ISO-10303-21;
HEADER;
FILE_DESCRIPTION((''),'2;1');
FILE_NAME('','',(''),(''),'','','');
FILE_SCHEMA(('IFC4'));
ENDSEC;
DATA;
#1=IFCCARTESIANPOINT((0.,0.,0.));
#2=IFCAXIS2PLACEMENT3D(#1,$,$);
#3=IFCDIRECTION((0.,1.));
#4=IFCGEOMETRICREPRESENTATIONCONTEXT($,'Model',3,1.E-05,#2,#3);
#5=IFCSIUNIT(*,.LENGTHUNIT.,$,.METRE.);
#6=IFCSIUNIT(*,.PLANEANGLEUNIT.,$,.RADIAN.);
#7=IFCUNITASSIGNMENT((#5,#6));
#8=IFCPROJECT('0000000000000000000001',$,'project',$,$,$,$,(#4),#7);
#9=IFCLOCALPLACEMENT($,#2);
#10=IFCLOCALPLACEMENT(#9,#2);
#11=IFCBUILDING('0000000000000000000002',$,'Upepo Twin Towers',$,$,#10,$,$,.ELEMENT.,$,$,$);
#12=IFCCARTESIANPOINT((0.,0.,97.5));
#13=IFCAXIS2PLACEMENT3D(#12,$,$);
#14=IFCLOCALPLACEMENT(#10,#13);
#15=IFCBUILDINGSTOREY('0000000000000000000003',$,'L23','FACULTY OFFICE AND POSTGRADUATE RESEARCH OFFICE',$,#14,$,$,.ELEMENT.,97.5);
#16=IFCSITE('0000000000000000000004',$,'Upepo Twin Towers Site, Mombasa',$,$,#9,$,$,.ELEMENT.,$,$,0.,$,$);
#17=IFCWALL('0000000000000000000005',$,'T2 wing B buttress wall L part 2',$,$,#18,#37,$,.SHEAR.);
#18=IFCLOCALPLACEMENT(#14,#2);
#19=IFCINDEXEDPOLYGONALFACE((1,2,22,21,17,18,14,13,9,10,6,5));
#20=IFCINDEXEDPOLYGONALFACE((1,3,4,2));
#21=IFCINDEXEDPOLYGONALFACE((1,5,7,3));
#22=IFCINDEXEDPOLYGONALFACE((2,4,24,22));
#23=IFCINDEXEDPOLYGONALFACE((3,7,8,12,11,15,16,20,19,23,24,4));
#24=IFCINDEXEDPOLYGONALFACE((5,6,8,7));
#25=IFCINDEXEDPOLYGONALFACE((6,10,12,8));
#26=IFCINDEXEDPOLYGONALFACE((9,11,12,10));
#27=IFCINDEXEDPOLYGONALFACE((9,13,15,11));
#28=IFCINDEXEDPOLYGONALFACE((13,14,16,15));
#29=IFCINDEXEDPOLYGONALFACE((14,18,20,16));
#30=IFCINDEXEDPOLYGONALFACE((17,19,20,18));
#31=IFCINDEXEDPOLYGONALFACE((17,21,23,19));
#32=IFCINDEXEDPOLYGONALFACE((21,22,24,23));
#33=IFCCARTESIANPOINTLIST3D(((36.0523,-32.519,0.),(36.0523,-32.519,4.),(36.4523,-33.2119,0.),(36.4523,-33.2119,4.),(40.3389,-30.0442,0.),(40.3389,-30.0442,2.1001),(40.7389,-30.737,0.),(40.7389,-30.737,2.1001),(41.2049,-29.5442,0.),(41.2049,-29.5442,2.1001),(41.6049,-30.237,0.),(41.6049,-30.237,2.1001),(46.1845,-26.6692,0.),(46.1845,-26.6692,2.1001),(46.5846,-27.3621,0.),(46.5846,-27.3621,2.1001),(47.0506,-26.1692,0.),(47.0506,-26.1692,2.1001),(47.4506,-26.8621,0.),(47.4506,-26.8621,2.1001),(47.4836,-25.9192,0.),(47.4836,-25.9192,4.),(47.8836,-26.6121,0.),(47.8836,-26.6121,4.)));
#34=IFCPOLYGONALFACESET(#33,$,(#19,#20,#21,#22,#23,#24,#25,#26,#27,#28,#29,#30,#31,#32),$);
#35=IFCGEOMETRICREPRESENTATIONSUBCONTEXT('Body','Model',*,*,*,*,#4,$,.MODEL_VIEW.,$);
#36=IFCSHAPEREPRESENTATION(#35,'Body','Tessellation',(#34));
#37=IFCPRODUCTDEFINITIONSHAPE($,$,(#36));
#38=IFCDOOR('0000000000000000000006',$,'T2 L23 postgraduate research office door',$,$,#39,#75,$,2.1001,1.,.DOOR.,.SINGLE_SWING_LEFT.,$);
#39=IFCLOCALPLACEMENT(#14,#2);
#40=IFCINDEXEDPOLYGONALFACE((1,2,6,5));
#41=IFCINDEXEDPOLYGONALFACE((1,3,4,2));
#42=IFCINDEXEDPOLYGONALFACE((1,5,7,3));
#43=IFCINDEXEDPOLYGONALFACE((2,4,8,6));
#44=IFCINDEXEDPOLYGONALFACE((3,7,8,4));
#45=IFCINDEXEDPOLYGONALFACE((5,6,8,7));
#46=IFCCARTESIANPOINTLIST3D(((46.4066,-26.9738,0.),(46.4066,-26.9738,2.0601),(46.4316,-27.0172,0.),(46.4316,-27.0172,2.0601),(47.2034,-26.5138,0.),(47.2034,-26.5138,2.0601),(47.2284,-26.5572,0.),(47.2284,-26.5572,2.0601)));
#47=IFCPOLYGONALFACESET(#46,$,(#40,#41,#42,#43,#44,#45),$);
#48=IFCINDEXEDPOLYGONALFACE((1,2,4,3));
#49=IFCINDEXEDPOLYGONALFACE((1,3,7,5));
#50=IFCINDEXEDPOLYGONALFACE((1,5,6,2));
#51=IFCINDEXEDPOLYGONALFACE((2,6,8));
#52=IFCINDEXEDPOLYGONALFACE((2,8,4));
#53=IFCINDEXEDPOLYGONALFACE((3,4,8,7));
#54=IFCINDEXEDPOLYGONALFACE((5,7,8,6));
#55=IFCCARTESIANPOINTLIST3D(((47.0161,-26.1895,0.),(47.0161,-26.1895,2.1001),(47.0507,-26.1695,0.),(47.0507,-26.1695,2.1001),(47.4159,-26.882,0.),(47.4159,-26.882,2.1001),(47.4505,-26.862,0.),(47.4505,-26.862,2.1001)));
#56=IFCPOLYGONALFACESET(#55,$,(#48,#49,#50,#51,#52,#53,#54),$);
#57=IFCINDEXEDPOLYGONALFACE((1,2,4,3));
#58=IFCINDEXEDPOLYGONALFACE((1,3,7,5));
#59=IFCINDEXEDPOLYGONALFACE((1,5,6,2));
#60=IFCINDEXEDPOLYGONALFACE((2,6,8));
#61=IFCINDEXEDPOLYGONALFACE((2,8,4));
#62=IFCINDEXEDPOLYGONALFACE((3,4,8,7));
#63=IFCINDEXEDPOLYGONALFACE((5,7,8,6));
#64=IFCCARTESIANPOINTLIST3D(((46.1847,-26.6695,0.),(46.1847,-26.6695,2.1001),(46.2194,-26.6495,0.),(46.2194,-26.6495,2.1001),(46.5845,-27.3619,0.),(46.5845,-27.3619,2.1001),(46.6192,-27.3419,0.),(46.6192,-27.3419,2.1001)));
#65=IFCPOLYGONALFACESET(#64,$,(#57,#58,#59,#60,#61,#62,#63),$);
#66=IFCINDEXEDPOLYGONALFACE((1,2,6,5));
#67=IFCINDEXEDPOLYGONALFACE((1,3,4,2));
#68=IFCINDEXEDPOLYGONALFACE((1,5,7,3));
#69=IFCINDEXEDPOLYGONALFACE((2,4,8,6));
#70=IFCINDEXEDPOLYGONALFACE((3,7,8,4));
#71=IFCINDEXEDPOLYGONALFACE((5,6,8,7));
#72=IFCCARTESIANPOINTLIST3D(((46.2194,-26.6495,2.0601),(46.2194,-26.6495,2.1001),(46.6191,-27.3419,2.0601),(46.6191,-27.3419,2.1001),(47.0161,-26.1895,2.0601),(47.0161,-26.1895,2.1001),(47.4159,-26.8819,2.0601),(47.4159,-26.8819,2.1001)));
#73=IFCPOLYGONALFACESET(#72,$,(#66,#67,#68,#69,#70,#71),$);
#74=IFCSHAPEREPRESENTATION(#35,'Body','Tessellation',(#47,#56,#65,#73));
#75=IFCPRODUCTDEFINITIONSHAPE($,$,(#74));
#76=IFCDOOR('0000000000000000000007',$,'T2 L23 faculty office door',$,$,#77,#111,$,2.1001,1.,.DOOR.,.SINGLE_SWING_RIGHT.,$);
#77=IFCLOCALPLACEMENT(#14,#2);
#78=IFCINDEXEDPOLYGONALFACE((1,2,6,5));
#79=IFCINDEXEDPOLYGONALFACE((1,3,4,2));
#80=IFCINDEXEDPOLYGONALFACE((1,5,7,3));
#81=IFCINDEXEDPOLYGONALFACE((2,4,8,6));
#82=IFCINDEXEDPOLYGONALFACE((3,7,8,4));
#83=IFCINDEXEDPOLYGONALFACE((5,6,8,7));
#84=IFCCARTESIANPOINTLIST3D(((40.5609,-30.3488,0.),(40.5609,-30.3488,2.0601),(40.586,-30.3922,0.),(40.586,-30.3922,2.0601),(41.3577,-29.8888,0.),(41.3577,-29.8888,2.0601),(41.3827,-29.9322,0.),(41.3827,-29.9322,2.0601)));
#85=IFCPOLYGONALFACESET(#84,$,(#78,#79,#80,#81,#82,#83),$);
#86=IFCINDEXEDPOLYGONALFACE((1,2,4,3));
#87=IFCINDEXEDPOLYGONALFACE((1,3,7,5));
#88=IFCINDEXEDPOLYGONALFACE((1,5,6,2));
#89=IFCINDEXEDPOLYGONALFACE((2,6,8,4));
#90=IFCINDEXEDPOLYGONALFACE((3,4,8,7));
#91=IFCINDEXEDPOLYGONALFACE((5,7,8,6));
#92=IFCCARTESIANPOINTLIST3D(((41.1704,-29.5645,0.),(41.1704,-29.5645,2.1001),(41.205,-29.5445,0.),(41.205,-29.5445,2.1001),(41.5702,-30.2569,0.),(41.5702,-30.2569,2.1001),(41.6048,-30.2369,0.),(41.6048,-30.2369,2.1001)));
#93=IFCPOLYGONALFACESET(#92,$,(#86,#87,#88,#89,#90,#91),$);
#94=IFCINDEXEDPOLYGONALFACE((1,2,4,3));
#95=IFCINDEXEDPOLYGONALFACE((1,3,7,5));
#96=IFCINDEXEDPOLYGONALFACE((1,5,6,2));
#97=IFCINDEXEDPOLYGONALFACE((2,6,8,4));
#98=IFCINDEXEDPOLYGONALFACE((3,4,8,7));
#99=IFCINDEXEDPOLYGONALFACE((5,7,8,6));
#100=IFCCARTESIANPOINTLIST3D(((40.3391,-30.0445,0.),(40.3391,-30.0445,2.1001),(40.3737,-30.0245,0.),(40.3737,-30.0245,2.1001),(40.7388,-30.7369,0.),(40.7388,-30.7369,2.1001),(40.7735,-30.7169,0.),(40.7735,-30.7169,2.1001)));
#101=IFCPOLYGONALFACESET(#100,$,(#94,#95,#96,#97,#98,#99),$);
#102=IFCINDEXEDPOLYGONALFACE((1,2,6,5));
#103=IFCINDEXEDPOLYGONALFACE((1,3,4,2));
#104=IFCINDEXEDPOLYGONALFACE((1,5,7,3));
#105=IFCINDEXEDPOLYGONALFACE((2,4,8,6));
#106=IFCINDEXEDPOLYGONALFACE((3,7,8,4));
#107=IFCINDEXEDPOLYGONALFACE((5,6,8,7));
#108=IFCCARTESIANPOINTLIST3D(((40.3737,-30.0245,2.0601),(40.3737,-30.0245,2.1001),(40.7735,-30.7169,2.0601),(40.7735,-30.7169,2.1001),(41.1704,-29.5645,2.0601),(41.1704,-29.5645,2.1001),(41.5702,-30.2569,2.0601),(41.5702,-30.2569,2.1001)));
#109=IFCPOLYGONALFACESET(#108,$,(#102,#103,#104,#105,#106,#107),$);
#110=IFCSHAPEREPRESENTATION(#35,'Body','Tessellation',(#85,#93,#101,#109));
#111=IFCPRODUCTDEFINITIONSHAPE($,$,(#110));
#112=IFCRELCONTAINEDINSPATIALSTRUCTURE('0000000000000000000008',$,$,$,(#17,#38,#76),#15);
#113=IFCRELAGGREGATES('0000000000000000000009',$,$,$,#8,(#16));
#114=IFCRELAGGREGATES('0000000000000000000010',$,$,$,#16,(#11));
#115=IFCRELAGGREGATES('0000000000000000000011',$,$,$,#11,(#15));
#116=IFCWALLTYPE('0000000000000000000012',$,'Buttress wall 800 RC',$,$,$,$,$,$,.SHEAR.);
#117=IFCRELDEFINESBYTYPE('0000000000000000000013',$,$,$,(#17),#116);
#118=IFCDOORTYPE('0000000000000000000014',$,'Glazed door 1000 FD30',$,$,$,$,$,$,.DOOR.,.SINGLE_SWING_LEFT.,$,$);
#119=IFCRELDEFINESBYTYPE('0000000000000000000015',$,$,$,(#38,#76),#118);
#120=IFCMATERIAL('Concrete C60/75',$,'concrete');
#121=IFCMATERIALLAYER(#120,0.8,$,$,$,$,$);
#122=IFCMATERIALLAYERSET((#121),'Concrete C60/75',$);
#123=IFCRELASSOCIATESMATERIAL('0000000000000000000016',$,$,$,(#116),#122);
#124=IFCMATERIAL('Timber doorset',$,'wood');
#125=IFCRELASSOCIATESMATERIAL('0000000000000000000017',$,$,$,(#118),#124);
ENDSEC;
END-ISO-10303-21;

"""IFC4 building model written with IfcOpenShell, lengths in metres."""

from ifc_helpers import new_model, si_unit, direction, frame, frame_2d, origin, place, context, subcontext, project, spatial, rectangle, extrude, material, layer, layer_set, type_object, element, fill, save


model = new_model("IFC4")

# Units and contexts
model_context = context("Model", 3, precision=1e-05, world=origin(), true_north=direction((0.0, 1.0)))
body_context = subcontext(model_context, "Body", "Model", "MODEL_VIEW")
ifc_project = project(units=[si_unit("LENGTHUNIT", "METRE"), si_unit("PLANEANGLEUNIT", "RADIAN")], contexts=[model_context])

# Site, building, storey
site_placement = place(None, origin())
site = spatial("IfcSite", under=ifc_project, at=site_placement, Name="Upepo Twin Towers Site, Mombasa", CompositionType="ELEMENT", RefElevation=0.0)
building_placement = place(site_placement, origin())
building = spatial("IfcBuilding", under=site, at=building_placement, Name="Upepo Twin Towers", CompositionType="ELEMENT")
storey_placement = place(building_placement, frame((0.0, 0.0, 97.5)))
storey = spatial("IfcBuildingStorey", under=building, at=storey_placement, Name="L23", Description="FACULTY OFFICE AND POSTGRADUATE RESEARCH OFFICE", CompositionType="ELEMENT", Elevation=97.5)

# Wall, openings, doors
ifc_material_1 = material(Name="Concrete C60/75", Category="concrete")
ifc_layer_1 = layer(ifc_material_1, 0.8)
ifc_layer_set_1 = layer_set([ifc_layer_1], Name="Concrete C60/75")
wall_type_1 = type_object("IfcWallType", Name="Buttress wall 800 RC", PredefinedType="SHEAR", material=ifc_layer_set_1)
wall_1_placement = place(storey_placement, frame((47.6836, -26.2656, 0.0), z_axis=(0.0, 0.0, 1.0), x_axis=(-0.866028, -0.499996, 0.0)))
wall_1 = element("IfcWall", 1, at=wall_1_placement, inside=storey, type_object=wall_type_1, Name="T2 wing B buttress wall L part 2", PredefinedType="SHEAR", context=body_context, shape_type="SweptSolid", body=[
    extrude(rectangle(XDim=13.1997, YDim=0.8, at=frame_2d((6.5999, 0.0))), origin(), (0.0, 0.0, 1.0), 4.0),
])
opening_1_placement = place(wall_1_placement, frame((0.5, 0.0, 0.0)))
opening_1 = element("IfcOpeningElement", 2, at=opening_1_placement, cuts=wall_1, PredefinedType="OPENING", context=body_context, shape_type="SweptSolid", body=[
    extrude(rectangle(XDim=1.0, YDim=2.1001, at=frame_2d((0.5, 1.05))), frame((0.0, 0.4099, 0.0), z_axis=(0.0, -1.0, 0.0), x_axis=(1.0, 0.0, 0.0)), (0.0, 0.0, 1.0), 0.8201),
])
opening_2_placement = place(wall_1_placement, frame((7.25, 0.0, 0.0)))
opening_2 = element("IfcOpeningElement", 3, at=opening_2_placement, cuts=wall_1, PredefinedType="OPENING", context=body_context, shape_type="SweptSolid", body=[
    extrude(rectangle(XDim=1.0, YDim=2.1001, at=frame_2d((0.5, 1.05))), frame((0.0, 0.4099, 0.0), z_axis=(0.0, -1.0, 0.0), x_axis=(1.0, 0.0, 0.0)), (0.0, 0.0, 1.0), 0.8201),
])
ifc_material_2 = material(Name="Timber doorset", Category="wood")
door_type_1 = type_object("IfcDoorType", Name="Glazed door 1000 FD30", OperationType="SINGLE_SWING_LEFT", PredefinedType="DOOR", material=ifc_material_2)
door_1_placement = place(opening_1_placement, origin())
door_1 = element("IfcDoor", 4, at=door_1_placement, inside=storey, type_object=door_type_1, Name="T2 L23 postgraduate research office door", OperationType="SINGLE_SWING_LEFT", OverallHeight=2.1001, OverallWidth=1.0, PredefinedType="DOOR", context=body_context, shape_type="SweptSolid", body=[
    extrude(rectangle(XDim=0.92, YDim=2.0601, at=frame_2d((0.5, 1.03))), frame((0.0, 0.0249, 0.0), z_axis=(0.0, -1.0, 0.0), x_axis=(1.0, 0.0, 0.0)), (0.0, 0.0, 1.0), 0.05),
    extrude(rectangle(XDim=0.04, YDim=2.1001, at=frame_2d((0.02, 1.05))), frame((0.0, 0.3999, 0.0), z_axis=(0.0, -1.0, 0.0), x_axis=(1.0, 0.0, 0.0)), (0.0, 0.0, 1.0), 0.7996),
    extrude(rectangle(XDim=0.04, YDim=2.1001, at=frame_2d((0.98, 1.05))), frame((0.0, 0.3999, 0.0), z_axis=(0.0, -1.0, 0.0), x_axis=(1.0, 0.0, 0.0)), (0.0, 0.0, 1.0), 0.7996),
    extrude(rectangle(XDim=0.92, YDim=0.04, at=frame_2d((0.5, 2.0801))), frame((0.0, 0.3999, 0.0), z_axis=(0.0, -1.0, 0.0), x_axis=(1.0, 0.0, 0.0)), (0.0, 0.0, 1.0), 0.7996),
])
fill(opening_1, door_1)
door_2_placement = place(opening_2_placement, origin())
door_2 = element("IfcDoor", 5, at=door_2_placement, inside=storey, type_object=door_type_1, Name="T2 L23 faculty office door", OperationType="SINGLE_SWING_RIGHT", OverallHeight=2.1001, OverallWidth=1.0, PredefinedType="DOOR", context=body_context, shape_type="SweptSolid", body=[
    extrude(rectangle(XDim=0.92, YDim=2.0601, at=frame_2d((0.5, 1.03))), frame((0.0, 0.0249, 0.0), z_axis=(0.0, -1.0, 0.0), x_axis=(1.0, 0.0, 0.0)), (0.0, 0.0, 1.0), 0.05),
    extrude(rectangle(XDim=0.04, YDim=2.1001, at=frame_2d((0.02, 1.05))), frame((0.0, 0.3999, 0.0), z_axis=(0.0, -1.0, 0.0), x_axis=(1.0, 0.0, 0.0)), (0.0, 0.0, 1.0), 0.7996),
    extrude(rectangle(XDim=0.04, YDim=2.1001, at=frame_2d((0.98, 1.05))), frame((0.0, 0.3999, 0.0), z_axis=(0.0, -1.0, 0.0), x_axis=(1.0, 0.0, 0.0)), (0.0, 0.0, 1.0), 0.7996),
    extrude(rectangle(XDim=0.92, YDim=0.04, at=frame_2d((0.5, 2.0801))), frame((0.0, 0.3999, 0.0), z_axis=(0.0, -1.0, 0.0), x_axis=(1.0, 0.0, 0.0)), (0.0, 0.0, 1.0), 0.7996),
])
fill(opening_2, door_2)

save(model, "model.ifc")
